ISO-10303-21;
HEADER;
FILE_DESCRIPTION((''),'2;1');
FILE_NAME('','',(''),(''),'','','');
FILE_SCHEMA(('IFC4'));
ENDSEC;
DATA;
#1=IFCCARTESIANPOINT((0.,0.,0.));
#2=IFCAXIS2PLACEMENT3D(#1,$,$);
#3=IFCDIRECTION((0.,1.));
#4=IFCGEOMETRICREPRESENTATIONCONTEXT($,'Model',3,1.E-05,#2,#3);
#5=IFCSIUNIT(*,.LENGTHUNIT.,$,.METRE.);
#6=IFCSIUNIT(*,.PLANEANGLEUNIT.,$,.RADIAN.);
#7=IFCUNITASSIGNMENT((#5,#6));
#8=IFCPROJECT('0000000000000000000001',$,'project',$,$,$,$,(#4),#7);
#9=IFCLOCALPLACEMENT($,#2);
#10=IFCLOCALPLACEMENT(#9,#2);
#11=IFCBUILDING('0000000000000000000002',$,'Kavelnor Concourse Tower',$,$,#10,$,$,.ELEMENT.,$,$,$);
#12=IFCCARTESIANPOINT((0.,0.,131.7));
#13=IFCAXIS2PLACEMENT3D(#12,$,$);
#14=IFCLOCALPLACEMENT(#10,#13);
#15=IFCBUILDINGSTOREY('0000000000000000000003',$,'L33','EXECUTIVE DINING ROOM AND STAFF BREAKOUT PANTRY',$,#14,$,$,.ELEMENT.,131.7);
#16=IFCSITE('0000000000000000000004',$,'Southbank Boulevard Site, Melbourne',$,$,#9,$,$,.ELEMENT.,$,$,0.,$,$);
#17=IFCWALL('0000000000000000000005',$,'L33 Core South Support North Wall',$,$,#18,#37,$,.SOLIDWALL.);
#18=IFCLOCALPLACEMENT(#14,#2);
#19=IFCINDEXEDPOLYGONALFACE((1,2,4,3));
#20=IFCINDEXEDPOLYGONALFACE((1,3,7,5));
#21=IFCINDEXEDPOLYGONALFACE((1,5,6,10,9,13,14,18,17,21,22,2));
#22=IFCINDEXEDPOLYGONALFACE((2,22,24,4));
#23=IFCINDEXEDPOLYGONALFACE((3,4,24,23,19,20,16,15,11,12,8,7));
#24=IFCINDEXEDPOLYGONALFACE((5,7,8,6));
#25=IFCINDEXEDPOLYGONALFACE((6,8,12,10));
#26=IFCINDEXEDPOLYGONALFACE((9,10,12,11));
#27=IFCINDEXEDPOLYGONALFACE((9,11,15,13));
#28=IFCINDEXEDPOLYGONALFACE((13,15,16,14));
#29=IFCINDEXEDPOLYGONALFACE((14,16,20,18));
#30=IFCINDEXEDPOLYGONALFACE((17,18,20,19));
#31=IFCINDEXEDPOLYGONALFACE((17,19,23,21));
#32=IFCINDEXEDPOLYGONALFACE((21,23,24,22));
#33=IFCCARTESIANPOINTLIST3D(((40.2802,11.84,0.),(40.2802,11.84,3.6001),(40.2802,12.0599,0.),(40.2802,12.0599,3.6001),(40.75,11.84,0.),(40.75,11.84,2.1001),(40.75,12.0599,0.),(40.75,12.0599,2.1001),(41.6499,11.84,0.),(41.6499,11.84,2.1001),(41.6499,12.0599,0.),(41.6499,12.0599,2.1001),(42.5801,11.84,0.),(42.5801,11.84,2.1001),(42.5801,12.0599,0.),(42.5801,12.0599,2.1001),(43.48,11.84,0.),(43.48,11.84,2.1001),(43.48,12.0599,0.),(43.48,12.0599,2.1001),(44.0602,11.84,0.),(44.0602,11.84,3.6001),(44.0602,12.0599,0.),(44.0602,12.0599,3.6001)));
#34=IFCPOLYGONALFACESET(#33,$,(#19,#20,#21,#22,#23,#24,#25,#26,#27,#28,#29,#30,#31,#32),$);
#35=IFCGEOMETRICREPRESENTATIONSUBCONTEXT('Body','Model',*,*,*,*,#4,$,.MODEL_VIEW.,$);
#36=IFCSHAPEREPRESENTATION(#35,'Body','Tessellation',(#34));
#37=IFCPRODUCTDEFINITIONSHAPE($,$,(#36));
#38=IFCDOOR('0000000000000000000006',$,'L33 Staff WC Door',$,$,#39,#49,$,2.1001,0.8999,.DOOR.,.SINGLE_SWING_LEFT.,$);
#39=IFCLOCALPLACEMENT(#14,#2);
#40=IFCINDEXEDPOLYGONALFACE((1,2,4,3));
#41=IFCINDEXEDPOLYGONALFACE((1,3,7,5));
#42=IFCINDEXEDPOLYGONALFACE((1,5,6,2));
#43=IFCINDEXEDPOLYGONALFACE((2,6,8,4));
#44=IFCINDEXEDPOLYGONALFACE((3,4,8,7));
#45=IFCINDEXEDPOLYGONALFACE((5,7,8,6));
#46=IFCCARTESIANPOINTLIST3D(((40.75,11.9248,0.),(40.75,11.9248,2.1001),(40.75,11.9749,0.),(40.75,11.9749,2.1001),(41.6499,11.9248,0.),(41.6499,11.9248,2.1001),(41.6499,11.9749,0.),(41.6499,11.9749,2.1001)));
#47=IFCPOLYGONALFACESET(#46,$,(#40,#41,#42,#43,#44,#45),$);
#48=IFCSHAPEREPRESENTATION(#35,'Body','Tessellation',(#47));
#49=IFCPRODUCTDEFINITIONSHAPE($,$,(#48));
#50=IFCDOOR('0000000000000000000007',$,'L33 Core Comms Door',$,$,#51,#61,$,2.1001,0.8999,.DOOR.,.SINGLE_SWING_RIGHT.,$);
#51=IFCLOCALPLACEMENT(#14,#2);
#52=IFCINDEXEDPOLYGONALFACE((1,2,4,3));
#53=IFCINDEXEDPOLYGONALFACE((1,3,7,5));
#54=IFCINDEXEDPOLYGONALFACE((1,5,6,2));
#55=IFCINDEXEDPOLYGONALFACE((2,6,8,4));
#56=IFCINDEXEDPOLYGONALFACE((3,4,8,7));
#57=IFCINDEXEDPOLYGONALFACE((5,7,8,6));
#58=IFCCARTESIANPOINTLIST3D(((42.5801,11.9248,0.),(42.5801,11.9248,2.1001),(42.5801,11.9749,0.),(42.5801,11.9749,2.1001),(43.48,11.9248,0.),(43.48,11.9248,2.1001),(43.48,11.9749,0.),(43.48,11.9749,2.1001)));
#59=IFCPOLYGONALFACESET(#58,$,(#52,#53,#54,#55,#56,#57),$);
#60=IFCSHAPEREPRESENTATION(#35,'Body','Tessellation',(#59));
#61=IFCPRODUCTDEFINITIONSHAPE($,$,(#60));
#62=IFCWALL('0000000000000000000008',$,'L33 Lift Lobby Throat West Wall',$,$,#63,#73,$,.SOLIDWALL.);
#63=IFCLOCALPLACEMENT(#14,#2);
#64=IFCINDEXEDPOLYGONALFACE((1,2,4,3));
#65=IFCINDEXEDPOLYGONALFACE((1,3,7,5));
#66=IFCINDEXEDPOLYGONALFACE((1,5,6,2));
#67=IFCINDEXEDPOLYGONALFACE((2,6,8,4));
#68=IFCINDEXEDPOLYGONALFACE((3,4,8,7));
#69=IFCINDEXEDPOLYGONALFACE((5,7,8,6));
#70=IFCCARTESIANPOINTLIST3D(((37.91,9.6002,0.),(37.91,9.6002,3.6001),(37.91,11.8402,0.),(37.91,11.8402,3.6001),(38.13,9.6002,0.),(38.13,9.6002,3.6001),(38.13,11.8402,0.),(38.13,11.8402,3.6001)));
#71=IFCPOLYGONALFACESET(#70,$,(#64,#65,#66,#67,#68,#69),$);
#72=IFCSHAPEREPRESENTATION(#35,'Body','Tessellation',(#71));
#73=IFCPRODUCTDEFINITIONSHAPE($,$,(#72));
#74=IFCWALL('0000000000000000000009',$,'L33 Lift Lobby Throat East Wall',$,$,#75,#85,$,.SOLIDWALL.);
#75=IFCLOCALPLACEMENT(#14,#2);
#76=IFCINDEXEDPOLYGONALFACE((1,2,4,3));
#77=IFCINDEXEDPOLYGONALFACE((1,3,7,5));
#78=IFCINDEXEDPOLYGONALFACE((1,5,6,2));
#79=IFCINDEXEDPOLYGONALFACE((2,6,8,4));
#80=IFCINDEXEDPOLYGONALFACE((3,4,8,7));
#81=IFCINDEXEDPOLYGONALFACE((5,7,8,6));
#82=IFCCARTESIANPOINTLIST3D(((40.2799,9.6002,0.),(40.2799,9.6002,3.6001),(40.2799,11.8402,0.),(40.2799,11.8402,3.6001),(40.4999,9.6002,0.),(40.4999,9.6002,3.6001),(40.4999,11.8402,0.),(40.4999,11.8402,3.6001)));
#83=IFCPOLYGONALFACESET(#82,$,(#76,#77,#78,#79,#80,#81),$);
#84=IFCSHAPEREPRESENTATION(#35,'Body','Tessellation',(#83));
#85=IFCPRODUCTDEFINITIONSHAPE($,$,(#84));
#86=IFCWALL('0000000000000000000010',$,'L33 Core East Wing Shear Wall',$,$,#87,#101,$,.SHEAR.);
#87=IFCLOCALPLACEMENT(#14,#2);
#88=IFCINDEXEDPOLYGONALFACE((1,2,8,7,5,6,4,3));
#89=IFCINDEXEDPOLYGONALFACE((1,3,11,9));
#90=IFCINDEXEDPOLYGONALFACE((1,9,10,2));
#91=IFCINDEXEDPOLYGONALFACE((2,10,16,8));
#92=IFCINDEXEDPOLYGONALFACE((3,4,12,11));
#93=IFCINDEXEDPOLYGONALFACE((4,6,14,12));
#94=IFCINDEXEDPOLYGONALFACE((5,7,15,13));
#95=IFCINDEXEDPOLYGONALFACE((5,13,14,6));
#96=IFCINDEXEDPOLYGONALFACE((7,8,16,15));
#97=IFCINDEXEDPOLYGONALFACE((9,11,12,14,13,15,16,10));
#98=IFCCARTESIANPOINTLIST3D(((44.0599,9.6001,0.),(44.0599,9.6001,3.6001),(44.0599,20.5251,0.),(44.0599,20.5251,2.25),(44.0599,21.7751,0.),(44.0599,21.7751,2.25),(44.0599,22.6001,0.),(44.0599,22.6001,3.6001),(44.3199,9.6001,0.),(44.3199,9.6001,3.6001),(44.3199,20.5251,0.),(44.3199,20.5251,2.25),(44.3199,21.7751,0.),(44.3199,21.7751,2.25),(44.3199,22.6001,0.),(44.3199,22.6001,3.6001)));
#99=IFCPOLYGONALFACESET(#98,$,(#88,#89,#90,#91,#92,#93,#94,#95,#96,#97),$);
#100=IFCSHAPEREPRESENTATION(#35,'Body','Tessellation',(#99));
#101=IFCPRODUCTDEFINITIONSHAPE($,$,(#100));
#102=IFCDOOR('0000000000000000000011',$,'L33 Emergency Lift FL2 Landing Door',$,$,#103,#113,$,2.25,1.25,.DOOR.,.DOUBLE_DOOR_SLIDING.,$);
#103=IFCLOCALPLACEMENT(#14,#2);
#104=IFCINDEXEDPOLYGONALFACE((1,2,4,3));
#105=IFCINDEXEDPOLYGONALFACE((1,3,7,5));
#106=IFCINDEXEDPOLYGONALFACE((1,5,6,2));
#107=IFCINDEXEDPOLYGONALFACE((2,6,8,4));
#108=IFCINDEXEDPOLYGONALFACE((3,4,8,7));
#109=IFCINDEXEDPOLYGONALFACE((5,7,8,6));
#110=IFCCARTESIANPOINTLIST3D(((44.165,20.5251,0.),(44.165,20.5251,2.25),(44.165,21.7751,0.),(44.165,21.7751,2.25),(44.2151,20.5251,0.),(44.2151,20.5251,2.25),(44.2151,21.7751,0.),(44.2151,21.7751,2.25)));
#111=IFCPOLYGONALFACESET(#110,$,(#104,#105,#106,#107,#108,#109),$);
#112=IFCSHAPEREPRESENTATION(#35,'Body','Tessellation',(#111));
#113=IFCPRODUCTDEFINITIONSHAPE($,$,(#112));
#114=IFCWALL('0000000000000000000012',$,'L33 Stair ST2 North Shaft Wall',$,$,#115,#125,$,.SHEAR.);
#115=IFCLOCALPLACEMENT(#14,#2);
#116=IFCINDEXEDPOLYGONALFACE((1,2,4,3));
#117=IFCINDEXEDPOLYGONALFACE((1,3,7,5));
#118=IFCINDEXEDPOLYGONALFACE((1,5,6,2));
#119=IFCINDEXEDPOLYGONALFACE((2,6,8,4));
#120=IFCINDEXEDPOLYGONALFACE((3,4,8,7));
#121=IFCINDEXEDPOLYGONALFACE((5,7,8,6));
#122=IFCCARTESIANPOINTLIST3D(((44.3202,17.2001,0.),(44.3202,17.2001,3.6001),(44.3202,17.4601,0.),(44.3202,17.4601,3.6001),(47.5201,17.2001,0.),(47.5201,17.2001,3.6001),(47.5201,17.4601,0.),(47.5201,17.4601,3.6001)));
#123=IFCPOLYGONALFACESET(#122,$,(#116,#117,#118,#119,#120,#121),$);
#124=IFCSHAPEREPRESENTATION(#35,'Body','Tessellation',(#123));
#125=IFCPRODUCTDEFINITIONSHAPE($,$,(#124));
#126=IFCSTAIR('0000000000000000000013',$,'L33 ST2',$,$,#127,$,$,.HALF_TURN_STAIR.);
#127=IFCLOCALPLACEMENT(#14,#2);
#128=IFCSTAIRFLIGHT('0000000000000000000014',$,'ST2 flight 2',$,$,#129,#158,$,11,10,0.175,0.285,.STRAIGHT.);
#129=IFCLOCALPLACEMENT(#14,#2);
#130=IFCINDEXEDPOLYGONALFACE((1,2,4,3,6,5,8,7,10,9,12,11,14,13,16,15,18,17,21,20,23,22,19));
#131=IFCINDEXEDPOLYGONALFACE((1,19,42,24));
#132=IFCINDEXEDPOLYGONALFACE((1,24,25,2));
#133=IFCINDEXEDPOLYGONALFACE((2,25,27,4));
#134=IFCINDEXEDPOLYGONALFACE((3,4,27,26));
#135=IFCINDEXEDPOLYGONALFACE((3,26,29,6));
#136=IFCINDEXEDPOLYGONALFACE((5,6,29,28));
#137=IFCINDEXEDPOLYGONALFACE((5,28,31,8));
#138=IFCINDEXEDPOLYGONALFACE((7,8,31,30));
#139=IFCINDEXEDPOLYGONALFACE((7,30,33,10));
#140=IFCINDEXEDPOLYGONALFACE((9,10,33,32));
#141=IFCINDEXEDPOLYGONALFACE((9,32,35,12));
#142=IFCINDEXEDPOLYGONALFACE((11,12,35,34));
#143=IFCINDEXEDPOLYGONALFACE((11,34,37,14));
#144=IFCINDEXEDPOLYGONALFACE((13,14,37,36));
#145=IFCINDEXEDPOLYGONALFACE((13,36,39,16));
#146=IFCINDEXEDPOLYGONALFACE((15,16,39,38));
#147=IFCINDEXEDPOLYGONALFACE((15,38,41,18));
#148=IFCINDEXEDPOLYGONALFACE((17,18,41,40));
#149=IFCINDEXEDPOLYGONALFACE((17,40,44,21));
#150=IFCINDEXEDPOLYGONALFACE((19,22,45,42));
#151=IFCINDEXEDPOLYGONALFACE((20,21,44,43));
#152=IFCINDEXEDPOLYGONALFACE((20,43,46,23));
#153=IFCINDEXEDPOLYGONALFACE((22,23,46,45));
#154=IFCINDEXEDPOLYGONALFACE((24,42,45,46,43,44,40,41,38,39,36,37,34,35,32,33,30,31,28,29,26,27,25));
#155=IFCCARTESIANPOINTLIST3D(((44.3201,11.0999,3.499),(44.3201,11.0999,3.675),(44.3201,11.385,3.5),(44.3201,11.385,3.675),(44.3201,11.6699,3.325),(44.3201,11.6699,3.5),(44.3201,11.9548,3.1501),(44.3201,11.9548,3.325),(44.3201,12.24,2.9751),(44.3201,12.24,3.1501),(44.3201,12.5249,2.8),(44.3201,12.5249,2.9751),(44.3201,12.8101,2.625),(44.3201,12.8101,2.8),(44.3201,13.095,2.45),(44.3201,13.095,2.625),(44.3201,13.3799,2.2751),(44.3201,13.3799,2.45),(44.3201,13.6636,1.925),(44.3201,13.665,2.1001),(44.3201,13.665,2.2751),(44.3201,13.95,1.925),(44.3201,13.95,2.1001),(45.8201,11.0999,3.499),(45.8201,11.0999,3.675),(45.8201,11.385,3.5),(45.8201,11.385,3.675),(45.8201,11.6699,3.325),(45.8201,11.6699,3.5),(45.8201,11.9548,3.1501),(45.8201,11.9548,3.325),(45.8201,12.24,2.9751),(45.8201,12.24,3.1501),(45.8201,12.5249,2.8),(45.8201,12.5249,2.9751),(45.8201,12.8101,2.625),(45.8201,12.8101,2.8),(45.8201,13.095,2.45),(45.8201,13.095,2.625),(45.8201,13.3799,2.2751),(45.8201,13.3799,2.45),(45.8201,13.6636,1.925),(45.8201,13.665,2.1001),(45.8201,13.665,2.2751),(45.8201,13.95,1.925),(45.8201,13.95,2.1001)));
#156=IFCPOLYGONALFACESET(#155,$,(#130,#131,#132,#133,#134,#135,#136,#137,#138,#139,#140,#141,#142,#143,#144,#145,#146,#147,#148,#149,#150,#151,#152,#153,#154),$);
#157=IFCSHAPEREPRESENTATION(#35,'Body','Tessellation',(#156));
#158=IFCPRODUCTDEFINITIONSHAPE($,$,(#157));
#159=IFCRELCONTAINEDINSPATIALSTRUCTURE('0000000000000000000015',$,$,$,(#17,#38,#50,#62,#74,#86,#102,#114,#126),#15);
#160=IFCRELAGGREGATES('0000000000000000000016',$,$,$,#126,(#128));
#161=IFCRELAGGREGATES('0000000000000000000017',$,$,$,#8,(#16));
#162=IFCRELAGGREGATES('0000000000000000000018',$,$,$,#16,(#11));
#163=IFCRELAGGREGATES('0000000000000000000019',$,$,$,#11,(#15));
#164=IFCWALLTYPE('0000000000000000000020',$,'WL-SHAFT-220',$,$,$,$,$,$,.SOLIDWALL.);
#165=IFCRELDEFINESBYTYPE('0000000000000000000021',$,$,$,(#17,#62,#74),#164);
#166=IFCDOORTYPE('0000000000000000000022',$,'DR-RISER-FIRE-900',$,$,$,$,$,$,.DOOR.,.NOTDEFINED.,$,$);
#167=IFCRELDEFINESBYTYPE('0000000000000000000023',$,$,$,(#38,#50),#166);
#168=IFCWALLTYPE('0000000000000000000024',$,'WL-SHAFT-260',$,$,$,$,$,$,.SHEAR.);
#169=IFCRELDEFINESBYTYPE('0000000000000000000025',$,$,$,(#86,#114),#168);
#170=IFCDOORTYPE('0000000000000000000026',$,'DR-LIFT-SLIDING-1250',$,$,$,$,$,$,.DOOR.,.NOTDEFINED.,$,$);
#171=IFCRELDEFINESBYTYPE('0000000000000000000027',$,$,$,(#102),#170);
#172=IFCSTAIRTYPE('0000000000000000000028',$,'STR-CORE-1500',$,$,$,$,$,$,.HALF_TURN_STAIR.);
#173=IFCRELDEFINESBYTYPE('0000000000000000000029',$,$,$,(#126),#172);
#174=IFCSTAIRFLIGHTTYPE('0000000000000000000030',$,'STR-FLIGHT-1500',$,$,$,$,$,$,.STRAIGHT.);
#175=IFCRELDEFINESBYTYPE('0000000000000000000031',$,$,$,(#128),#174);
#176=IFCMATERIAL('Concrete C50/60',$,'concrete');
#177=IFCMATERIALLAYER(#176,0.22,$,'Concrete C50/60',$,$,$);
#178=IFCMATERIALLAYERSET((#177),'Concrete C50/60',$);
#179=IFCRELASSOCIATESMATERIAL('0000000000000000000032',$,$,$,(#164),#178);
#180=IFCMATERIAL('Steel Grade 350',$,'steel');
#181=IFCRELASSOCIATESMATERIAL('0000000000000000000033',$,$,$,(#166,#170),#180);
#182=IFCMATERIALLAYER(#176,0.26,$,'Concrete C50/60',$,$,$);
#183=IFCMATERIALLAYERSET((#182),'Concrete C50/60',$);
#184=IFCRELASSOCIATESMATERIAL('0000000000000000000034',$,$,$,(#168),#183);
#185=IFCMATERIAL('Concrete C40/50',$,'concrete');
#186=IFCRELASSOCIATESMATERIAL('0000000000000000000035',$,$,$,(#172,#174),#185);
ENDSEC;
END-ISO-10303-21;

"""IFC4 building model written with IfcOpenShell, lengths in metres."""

from ifc_helpers import new_model, si_unit, direction, frame, frame_2d, origin, place, context, subcontext, project, spatial, polyline, rectangle, outline, extrude, material, layer, layer_set, type_object, element, fill, aggregate, save


model = new_model("IFC4")

# Units and contexts
model_context = context("Model", 3, precision=1e-05, world=origin(), true_north=direction((0.0, 1.0)))
body_context = subcontext(model_context, "Body", "Model", "MODEL_VIEW")
ifc_project = project(units=[si_unit("LENGTHUNIT", "METRE"), si_unit("PLANEANGLEUNIT", "RADIAN")], contexts=[model_context])

# Site, building, storey
site_placement = place(None, origin())
site = spatial("IfcSite", under=ifc_project, at=site_placement, Name="Southbank Boulevard Site, Melbourne", CompositionType="ELEMENT", RefElevation=0.0)
building_placement = place(site_placement, origin())
building = spatial("IfcBuilding", under=site, at=building_placement, Name="Kavelnor Concourse Tower", CompositionType="ELEMENT")
storey_placement = place(building_placement, frame((0.0, 0.0, 131.7)))
storey = spatial("IfcBuildingStorey", under=building, at=storey_placement, Name="L33", Description="EXECUTIVE DINING ROOM AND STAFF BREAKOUT PANTRY", CompositionType="ELEMENT", Elevation=131.7)

# Shared definitions
ifc_material_1 = material(Name="Steel Grade 350", Category="steel")

# Shared definitions
ifc_material_2 = material(Name="Concrete C50/60", Category="concrete")
ifc_layer_1 = layer(ifc_material_2, 0.22, Name="Concrete C50/60")
ifc_layer_set_1 = layer_set([ifc_layer_1], Name="Concrete C50/60")
wall_type_1 = type_object("IfcWallType", Name="WL-SHAFT-220", PredefinedType="SOLIDWALL", material=ifc_layer_set_1)

# Wall, openings, doors
wall_1_placement = place(storey_placement, frame((40.28, 11.95, 0.0), z_axis=(0.0, 0.0, 1.0), x_axis=(1.0, 0.0, 0.0)))
wall_1 = element("IfcWall", 1, at=wall_1_placement, inside=storey, type_object=wall_type_1, Name="L33 Core South Support North Wall", PredefinedType="SOLIDWALL", context=body_context, shape_type="SweptSolid", body=[
    extrude(rectangle(XDim=3.78, YDim=0.22, at=frame_2d((1.8901, 0.0))), origin(), (0.0, 0.0, 1.0), 3.6001),
])
opening_1_placement = place(wall_1_placement, frame((0.47, 0.0, 0.0)))
opening_1 = element("IfcOpeningElement", 2, at=opening_1_placement, cuts=wall_1, PredefinedType="OPENING", context=body_context, shape_type="SweptSolid", body=[
    extrude(rectangle(XDim=0.8999, YDim=2.1001, at=frame_2d((0.45, 1.05))), frame((0.0, 0.1201, 0.0), z_axis=(0.0, -1.0, 0.0), x_axis=(1.0, 0.0, 0.0)), (0.0, 0.0, 1.0), 0.24),
])
opening_2_placement = place(wall_1_placement, frame((2.3, 0.0, 0.0)))
opening_2 = element("IfcOpeningElement", 3, at=opening_2_placement, cuts=wall_1, PredefinedType="OPENING", context=body_context, shape_type="SweptSolid", body=[
    extrude(rectangle(XDim=0.8999, YDim=2.1001, at=frame_2d((0.45, 1.05))), frame((0.0, 0.1201, 0.0), z_axis=(0.0, -1.0, 0.0), x_axis=(1.0, 0.0, 0.0)), (0.0, 0.0, 1.0), 0.24),
])
door_type_1 = type_object("IfcDoorType", Name="DR-RISER-FIRE-900", OperationType="NOTDEFINED", PredefinedType="DOOR", material=ifc_material_1)
door_1_placement = place(opening_1_placement, origin())
door_1 = element("IfcDoor", 4, at=door_1_placement, inside=storey, type_object=door_type_1, Name="L33 Staff WC Door", OperationType="SINGLE_SWING_LEFT", OverallHeight=2.1001, OverallWidth=0.8999, PredefinedType="DOOR", context=body_context, shape_type="SweptSolid", body=[
    extrude(rectangle(XDim=0.8999, YDim=2.1001, at=frame_2d((0.45, 1.05))), frame((0.0, 0.0249, 0.0), z_axis=(0.0, -1.0, 0.0), x_axis=(1.0, 0.0, 0.0)), (0.0, 0.0, 1.0), 0.05),
])
fill(opening_1, door_1)
door_2_placement = place(opening_2_placement, origin())
door_2 = element("IfcDoor", 5, at=door_2_placement, inside=storey, type_object=door_type_1, Name="L33 Core Comms Door", OperationType="SINGLE_SWING_RIGHT", OverallHeight=2.1001, OverallWidth=0.8999, PredefinedType="DOOR", context=body_context, shape_type="SweptSolid", body=[
    extrude(rectangle(XDim=0.8999, YDim=2.1001, at=frame_2d((0.45, 1.05))), frame((0.0, 0.0249, 0.0), z_axis=(0.0, -1.0, 0.0), x_axis=(1.0, 0.0, 0.0)), (0.0, 0.0, 1.0), 0.05),
])
fill(opening_2, door_2)

# Walls
for number, where, z_axis, x_axis, name in (
    (6, (38.02, 9.6001, 0.0), (0.0, 0.0, 1.0), (0.0, 1.0, 0.0), "L33 Lift Lobby Throat West Wall"),
    (7, (40.3899, 9.6001, 0.0), (0.0, 0.0, 1.0), (0.0, 1.0, 0.0), "L33 Lift Lobby Throat East Wall"),
):
    element("IfcWall", number, at=place(storey_placement, frame(where, z_axis=z_axis, x_axis=x_axis)), inside=storey, type_object=wall_type_1, Name=name, PredefinedType="SOLIDWALL", context=body_context, shape_type="SweptSolid", body=[
        extrude(rectangle(XDim=2.24, YDim=0.22, at=frame_2d((1.1201, 0.0))), origin(), (0.0, 0.0, 1.0), 3.6001),
    ])

# Wall, opening, door
ifc_layer_2 = layer(ifc_material_2, 0.26, Name="Concrete C50/60")
ifc_layer_set_2 = layer_set([ifc_layer_2], Name="Concrete C50/60")
wall_type_2 = type_object("IfcWallType", Name="WL-SHAFT-260", PredefinedType="SHEAR", material=ifc_layer_set_2)
wall_2_placement = place(storey_placement, frame((44.1899, 9.6001, 0.0), z_axis=(0.0, 0.0, 1.0), x_axis=(0.0, 1.0, 0.0)))
wall_2 = element("IfcWall", 8, at=wall_2_placement, inside=storey, type_object=wall_type_2, Name="L33 Core East Wing Shear Wall", PredefinedType="SHEAR", context=body_context, shape_type="SweptSolid", body=[
    extrude(rectangle(XDim=13.0, YDim=0.26, at=frame_2d((6.5, 0.0))), origin(), (0.0, 0.0, 1.0), 3.6001),
])
opening_3_placement = place(wall_2_placement, frame((10.925, 0.0, 0.0)))
opening_3 = element("IfcOpeningElement", 9, at=opening_3_placement, cuts=wall_2, PredefinedType="OPENING", context=body_context, shape_type="SweptSolid", body=[
    extrude(rectangle(XDim=1.25, YDim=2.25, at=frame_2d((0.625, 1.125))), frame((0.0, 0.1401, 0.0), z_axis=(0.0, -1.0, 0.0), x_axis=(1.0, 0.0, 0.0)), (0.0, 0.0, 1.0), 0.28),
])
door_type_2 = type_object("IfcDoorType", Name="DR-LIFT-SLIDING-1250", OperationType="NOTDEFINED", PredefinedType="DOOR", material=ifc_material_1)
door_3_placement = place(opening_3_placement, origin())
door_3 = element("IfcDoor", 10, at=door_3_placement, inside=storey, type_object=door_type_2, Name="L33 Emergency Lift FL2 Landing Door", OperationType="DOUBLE_DOOR_SLIDING", OverallHeight=2.25, OverallWidth=1.25, PredefinedType="DOOR", context=body_context, shape_type="SweptSolid", body=[
    extrude(rectangle(XDim=1.25, YDim=2.25, at=frame_2d((0.625, 1.125))), frame((0.0, 0.0249, 0.0), z_axis=(0.0, -1.0, 0.0), x_axis=(1.0, 0.0, 0.0)), (0.0, 0.0, 1.0), 0.05),
])
fill(opening_3, door_3)

# Wall
wall_3_placement = place(storey_placement, frame((44.3201, 17.3301, 0.0), z_axis=(0.0, 0.0, 1.0), x_axis=(1.0, 0.0, 0.0)))
element("IfcWall", 11, at=wall_3_placement, inside=storey, type_object=wall_type_2, Name="L33 Stair ST2 North Shaft Wall", PredefinedType="SHEAR", context=body_context, shape_type="SweptSolid", body=[
    extrude(rectangle(XDim=3.2, YDim=0.26, at=frame_2d((1.6001, 0.0))), origin(), (0.0, 0.0, 1.0), 3.6001),
])

# Stair, stair flight
ifc_material_3 = material(Name="Concrete C40/50", Category="concrete")
stair_type = type_object("IfcStairType", Name="STR-CORE-1500", PredefinedType="HALF_TURN_STAIR", material=ifc_material_3)
stair_placement = place(storey_placement, origin())
stair = element("IfcStair", 12, at=stair_placement, inside=storey, type_object=stair_type, Name="L33 ST2", PredefinedType="HALF_TURN_STAIR")
stair_flight_type = type_object("IfcStairFlightType", Name="STR-FLIGHT-1500", PredefinedType="STRAIGHT", material=ifc_material_3)
stair_flight_placement = place(storey_placement, frame((45.0701, 13.95, 1.925), z_axis=(0.0, 0.0, 1.0), x_axis=(0.0, -1.0, 0.0)))
stair_flight = element("IfcStairFlight", 13, at=stair_flight_placement, type_object=stair_flight_type, Name="ST2 flight 2", NumberOfRisers=11, NumberOfTreads=10, PredefinedType="STRAIGHT", RiserHeight=0.175, TreadLength=0.285, context=body_context, shape_type="SweptSolid", body=[
    extrude(outline(polyline([(0.0, 0.0), (0.0, 0.175), (0.2849, 0.175), (0.2849, 0.3501), (0.5701, 0.3501), (0.5701, 0.5249), (0.855, 0.5249), (0.855, 0.7), (1.1399, 0.7), (1.1399, 0.875), (1.425, 0.875), (1.425, 1.05), (1.71, 1.05), (1.71, 1.2251), (1.9951, 1.2251), (1.9951, 1.3999), (2.28, 1.3999), (2.28, 1.575), (2.5649, 1.575), (2.5649, 1.75), (2.8501, 1.75), (2.8501, 1.925), (2.8501, 1.574), (0.2864, 0.0), (0.0, 0.0)])), frame((0.0, 0.75, 0.0), z_axis=(0.0, -1.0, 0.0), x_axis=(1.0, 0.0, 0.0)), (0.0, 0.0, 1.0), 1.5),
])
aggregate(stair, [stair_flight])

save(model, "model.ifc")
